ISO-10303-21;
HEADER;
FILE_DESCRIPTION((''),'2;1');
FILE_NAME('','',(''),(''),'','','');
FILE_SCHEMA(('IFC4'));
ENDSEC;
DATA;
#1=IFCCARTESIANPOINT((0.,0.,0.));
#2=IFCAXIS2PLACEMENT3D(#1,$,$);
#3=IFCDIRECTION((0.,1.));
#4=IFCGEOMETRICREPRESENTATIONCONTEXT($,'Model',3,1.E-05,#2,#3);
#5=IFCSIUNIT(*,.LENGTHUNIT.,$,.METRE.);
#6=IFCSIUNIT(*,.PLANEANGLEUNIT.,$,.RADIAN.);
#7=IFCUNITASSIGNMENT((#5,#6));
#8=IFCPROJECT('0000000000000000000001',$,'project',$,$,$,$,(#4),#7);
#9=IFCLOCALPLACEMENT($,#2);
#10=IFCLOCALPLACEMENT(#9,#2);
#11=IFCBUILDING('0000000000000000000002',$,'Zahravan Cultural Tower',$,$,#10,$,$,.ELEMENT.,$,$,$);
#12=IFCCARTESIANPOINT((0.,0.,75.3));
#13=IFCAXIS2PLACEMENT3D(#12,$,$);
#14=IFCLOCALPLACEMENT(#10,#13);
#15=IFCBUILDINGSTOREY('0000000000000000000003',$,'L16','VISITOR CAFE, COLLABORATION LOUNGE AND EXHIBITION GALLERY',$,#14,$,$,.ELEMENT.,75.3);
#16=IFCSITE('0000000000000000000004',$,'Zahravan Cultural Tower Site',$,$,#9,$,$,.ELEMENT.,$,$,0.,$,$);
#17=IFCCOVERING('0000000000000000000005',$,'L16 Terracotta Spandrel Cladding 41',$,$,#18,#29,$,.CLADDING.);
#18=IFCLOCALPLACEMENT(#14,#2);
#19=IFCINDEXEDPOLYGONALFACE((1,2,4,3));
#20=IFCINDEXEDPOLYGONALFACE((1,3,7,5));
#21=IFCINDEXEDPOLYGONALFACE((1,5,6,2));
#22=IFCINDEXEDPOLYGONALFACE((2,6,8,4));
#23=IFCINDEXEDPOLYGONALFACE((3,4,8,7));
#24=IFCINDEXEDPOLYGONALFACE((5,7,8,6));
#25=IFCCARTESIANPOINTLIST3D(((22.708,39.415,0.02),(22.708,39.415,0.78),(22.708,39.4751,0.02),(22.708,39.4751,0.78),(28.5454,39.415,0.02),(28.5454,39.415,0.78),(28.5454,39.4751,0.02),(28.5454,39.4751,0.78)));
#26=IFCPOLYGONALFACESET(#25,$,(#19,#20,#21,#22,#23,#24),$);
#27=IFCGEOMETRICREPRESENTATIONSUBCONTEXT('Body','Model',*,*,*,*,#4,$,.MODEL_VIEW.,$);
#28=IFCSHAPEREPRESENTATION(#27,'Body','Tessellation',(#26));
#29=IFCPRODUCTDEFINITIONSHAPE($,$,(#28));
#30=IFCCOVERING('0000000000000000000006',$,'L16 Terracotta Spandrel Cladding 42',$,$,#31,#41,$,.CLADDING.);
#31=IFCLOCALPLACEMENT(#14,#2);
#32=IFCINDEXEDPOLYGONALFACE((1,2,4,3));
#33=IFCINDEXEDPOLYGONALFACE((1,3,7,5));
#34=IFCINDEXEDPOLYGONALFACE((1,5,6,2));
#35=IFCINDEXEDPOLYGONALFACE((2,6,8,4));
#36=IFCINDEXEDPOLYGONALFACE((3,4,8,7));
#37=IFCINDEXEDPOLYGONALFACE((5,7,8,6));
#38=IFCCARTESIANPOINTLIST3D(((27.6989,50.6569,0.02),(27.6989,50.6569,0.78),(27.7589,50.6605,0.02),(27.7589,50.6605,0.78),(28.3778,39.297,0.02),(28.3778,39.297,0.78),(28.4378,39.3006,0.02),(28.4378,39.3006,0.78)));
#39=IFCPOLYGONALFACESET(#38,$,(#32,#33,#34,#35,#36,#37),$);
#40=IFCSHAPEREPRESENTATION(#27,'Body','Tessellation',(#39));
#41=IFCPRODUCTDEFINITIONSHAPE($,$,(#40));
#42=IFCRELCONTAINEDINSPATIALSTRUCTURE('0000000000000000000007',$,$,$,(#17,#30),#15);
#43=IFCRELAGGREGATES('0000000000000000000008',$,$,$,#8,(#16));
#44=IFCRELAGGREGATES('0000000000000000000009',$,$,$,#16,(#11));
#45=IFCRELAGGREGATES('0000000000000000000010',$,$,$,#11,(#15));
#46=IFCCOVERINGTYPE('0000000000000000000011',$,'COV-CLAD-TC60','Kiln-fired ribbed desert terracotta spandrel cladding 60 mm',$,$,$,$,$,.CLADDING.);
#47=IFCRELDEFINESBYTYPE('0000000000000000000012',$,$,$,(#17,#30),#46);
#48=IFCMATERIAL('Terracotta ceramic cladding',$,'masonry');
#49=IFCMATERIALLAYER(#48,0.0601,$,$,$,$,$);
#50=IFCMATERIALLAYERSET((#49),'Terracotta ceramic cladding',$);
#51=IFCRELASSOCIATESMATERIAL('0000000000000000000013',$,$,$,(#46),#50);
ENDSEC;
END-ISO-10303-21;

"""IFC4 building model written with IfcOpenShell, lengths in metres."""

from ifc_helpers import new_model, si_unit, direction, frame, origin, origin_2d, place, context, subcontext, project, spatial, rectangle, extrude, source, transform, mapped, material, layer, layer_set, type_object, element, save


model = new_model("IFC4")

# Units and contexts
model_context = context("Model", 3, precision=1e-05, world=origin(), true_north=direction((0.0, 1.0)))
body_context = subcontext(model_context, "Body", "Model", "MODEL_VIEW")
ifc_project = project(units=[si_unit("LENGTHUNIT", "METRE"), si_unit("PLANEANGLEUNIT", "RADIAN")], contexts=[model_context])

# Site, building, storey
site_placement = place(None, origin())
site = spatial("IfcSite", under=ifc_project, at=site_placement, Name="Zahravan Cultural Tower Site", CompositionType="ELEMENT", RefElevation=0.0)
building_placement = place(site_placement, origin())
building = spatial("IfcBuilding", under=site, at=building_placement, Name="Zahravan Cultural Tower", CompositionType="ELEMENT")
storey_placement = place(building_placement, frame((0.0, 0.0, 75.3)))
storey = spatial("IfcBuildingStorey", under=building, at=storey_placement, Name="L16", Description="VISITOR CAFE, COLLABORATION LOUNGE AND EXHIBITION GALLERY", CompositionType="ELEMENT", Elevation=75.3)

# Coverings
ifc_material_1 = material(Name="Terracotta ceramic cladding", Category="masonry")
ifc_layer_1 = layer(ifc_material_1, 0.0601)
ifc_layer_set_1 = layer_set([ifc_layer_1], Name="Terracotta ceramic cladding")
covering_type = type_object("IfcCoveringType", Name="COV-CLAD-TC60", Description="Kiln-fired ribbed desert terracotta spandrel cladding 60 mm", PredefinedType="CLADDING", material=ifc_layer_set_1)
shared_shape_1 = source(origin(), body_context, "Body", "SweptSolid", [
    extrude(rectangle(XDim=5.8374, YDim=0.0601, at=origin_2d()), origin(), (0.0, 0.0, 1.0), 0.76),
])
covering_1_placement = place(storey_placement, frame((25.6267, 39.4451, 0.02), z_axis=(0.0, 0.0, 1.0), x_axis=(1.0, 0.0, 0.0)))
element("IfcCovering", 1, at=covering_1_placement, inside=storey, type_object=covering_type, Name="L16 Terracotta Spandrel Cladding 41", PredefinedType="CLADDING", context=body_context, shape_type="MappedRepresentation", body=[
    mapped(shared_shape_1, transform((0.0, 0.0, 0.0), x_axis=(1.0, 0.0, 0.0), y_axis=(0.0, 1.0, 0.0), z_axis=(0.0, 0.0, 1.0), scale=1.0)),
])
shared_shape_2 = source(origin(), body_context, "Body", "SweptSolid", [
    extrude(rectangle(XDim=11.3801, YDim=0.0601, at=origin_2d()), origin(), (0.0, 0.0, 1.0), 0.76),
])
covering_2_placement = place(storey_placement, frame((28.0684, 44.9788, 0.02), z_axis=(0.0, 0.0, 1.0), x_axis=(-0.059655, 0.998219, 0.0)))
element("IfcCovering", 2, at=covering_2_placement, inside=storey, type_object=covering_type, Name="L16 Terracotta Spandrel Cladding 42", PredefinedType="CLADDING", context=body_context, shape_type="MappedRepresentation", body=[
    mapped(shared_shape_2, transform((0.0, 0.0, 0.0), x_axis=(1.0, 0.0, 0.0), y_axis=(0.0, 1.0, 0.0), z_axis=(0.0, 0.0, 1.0), scale=1.0)),
])

save(model, "model.ifc")
